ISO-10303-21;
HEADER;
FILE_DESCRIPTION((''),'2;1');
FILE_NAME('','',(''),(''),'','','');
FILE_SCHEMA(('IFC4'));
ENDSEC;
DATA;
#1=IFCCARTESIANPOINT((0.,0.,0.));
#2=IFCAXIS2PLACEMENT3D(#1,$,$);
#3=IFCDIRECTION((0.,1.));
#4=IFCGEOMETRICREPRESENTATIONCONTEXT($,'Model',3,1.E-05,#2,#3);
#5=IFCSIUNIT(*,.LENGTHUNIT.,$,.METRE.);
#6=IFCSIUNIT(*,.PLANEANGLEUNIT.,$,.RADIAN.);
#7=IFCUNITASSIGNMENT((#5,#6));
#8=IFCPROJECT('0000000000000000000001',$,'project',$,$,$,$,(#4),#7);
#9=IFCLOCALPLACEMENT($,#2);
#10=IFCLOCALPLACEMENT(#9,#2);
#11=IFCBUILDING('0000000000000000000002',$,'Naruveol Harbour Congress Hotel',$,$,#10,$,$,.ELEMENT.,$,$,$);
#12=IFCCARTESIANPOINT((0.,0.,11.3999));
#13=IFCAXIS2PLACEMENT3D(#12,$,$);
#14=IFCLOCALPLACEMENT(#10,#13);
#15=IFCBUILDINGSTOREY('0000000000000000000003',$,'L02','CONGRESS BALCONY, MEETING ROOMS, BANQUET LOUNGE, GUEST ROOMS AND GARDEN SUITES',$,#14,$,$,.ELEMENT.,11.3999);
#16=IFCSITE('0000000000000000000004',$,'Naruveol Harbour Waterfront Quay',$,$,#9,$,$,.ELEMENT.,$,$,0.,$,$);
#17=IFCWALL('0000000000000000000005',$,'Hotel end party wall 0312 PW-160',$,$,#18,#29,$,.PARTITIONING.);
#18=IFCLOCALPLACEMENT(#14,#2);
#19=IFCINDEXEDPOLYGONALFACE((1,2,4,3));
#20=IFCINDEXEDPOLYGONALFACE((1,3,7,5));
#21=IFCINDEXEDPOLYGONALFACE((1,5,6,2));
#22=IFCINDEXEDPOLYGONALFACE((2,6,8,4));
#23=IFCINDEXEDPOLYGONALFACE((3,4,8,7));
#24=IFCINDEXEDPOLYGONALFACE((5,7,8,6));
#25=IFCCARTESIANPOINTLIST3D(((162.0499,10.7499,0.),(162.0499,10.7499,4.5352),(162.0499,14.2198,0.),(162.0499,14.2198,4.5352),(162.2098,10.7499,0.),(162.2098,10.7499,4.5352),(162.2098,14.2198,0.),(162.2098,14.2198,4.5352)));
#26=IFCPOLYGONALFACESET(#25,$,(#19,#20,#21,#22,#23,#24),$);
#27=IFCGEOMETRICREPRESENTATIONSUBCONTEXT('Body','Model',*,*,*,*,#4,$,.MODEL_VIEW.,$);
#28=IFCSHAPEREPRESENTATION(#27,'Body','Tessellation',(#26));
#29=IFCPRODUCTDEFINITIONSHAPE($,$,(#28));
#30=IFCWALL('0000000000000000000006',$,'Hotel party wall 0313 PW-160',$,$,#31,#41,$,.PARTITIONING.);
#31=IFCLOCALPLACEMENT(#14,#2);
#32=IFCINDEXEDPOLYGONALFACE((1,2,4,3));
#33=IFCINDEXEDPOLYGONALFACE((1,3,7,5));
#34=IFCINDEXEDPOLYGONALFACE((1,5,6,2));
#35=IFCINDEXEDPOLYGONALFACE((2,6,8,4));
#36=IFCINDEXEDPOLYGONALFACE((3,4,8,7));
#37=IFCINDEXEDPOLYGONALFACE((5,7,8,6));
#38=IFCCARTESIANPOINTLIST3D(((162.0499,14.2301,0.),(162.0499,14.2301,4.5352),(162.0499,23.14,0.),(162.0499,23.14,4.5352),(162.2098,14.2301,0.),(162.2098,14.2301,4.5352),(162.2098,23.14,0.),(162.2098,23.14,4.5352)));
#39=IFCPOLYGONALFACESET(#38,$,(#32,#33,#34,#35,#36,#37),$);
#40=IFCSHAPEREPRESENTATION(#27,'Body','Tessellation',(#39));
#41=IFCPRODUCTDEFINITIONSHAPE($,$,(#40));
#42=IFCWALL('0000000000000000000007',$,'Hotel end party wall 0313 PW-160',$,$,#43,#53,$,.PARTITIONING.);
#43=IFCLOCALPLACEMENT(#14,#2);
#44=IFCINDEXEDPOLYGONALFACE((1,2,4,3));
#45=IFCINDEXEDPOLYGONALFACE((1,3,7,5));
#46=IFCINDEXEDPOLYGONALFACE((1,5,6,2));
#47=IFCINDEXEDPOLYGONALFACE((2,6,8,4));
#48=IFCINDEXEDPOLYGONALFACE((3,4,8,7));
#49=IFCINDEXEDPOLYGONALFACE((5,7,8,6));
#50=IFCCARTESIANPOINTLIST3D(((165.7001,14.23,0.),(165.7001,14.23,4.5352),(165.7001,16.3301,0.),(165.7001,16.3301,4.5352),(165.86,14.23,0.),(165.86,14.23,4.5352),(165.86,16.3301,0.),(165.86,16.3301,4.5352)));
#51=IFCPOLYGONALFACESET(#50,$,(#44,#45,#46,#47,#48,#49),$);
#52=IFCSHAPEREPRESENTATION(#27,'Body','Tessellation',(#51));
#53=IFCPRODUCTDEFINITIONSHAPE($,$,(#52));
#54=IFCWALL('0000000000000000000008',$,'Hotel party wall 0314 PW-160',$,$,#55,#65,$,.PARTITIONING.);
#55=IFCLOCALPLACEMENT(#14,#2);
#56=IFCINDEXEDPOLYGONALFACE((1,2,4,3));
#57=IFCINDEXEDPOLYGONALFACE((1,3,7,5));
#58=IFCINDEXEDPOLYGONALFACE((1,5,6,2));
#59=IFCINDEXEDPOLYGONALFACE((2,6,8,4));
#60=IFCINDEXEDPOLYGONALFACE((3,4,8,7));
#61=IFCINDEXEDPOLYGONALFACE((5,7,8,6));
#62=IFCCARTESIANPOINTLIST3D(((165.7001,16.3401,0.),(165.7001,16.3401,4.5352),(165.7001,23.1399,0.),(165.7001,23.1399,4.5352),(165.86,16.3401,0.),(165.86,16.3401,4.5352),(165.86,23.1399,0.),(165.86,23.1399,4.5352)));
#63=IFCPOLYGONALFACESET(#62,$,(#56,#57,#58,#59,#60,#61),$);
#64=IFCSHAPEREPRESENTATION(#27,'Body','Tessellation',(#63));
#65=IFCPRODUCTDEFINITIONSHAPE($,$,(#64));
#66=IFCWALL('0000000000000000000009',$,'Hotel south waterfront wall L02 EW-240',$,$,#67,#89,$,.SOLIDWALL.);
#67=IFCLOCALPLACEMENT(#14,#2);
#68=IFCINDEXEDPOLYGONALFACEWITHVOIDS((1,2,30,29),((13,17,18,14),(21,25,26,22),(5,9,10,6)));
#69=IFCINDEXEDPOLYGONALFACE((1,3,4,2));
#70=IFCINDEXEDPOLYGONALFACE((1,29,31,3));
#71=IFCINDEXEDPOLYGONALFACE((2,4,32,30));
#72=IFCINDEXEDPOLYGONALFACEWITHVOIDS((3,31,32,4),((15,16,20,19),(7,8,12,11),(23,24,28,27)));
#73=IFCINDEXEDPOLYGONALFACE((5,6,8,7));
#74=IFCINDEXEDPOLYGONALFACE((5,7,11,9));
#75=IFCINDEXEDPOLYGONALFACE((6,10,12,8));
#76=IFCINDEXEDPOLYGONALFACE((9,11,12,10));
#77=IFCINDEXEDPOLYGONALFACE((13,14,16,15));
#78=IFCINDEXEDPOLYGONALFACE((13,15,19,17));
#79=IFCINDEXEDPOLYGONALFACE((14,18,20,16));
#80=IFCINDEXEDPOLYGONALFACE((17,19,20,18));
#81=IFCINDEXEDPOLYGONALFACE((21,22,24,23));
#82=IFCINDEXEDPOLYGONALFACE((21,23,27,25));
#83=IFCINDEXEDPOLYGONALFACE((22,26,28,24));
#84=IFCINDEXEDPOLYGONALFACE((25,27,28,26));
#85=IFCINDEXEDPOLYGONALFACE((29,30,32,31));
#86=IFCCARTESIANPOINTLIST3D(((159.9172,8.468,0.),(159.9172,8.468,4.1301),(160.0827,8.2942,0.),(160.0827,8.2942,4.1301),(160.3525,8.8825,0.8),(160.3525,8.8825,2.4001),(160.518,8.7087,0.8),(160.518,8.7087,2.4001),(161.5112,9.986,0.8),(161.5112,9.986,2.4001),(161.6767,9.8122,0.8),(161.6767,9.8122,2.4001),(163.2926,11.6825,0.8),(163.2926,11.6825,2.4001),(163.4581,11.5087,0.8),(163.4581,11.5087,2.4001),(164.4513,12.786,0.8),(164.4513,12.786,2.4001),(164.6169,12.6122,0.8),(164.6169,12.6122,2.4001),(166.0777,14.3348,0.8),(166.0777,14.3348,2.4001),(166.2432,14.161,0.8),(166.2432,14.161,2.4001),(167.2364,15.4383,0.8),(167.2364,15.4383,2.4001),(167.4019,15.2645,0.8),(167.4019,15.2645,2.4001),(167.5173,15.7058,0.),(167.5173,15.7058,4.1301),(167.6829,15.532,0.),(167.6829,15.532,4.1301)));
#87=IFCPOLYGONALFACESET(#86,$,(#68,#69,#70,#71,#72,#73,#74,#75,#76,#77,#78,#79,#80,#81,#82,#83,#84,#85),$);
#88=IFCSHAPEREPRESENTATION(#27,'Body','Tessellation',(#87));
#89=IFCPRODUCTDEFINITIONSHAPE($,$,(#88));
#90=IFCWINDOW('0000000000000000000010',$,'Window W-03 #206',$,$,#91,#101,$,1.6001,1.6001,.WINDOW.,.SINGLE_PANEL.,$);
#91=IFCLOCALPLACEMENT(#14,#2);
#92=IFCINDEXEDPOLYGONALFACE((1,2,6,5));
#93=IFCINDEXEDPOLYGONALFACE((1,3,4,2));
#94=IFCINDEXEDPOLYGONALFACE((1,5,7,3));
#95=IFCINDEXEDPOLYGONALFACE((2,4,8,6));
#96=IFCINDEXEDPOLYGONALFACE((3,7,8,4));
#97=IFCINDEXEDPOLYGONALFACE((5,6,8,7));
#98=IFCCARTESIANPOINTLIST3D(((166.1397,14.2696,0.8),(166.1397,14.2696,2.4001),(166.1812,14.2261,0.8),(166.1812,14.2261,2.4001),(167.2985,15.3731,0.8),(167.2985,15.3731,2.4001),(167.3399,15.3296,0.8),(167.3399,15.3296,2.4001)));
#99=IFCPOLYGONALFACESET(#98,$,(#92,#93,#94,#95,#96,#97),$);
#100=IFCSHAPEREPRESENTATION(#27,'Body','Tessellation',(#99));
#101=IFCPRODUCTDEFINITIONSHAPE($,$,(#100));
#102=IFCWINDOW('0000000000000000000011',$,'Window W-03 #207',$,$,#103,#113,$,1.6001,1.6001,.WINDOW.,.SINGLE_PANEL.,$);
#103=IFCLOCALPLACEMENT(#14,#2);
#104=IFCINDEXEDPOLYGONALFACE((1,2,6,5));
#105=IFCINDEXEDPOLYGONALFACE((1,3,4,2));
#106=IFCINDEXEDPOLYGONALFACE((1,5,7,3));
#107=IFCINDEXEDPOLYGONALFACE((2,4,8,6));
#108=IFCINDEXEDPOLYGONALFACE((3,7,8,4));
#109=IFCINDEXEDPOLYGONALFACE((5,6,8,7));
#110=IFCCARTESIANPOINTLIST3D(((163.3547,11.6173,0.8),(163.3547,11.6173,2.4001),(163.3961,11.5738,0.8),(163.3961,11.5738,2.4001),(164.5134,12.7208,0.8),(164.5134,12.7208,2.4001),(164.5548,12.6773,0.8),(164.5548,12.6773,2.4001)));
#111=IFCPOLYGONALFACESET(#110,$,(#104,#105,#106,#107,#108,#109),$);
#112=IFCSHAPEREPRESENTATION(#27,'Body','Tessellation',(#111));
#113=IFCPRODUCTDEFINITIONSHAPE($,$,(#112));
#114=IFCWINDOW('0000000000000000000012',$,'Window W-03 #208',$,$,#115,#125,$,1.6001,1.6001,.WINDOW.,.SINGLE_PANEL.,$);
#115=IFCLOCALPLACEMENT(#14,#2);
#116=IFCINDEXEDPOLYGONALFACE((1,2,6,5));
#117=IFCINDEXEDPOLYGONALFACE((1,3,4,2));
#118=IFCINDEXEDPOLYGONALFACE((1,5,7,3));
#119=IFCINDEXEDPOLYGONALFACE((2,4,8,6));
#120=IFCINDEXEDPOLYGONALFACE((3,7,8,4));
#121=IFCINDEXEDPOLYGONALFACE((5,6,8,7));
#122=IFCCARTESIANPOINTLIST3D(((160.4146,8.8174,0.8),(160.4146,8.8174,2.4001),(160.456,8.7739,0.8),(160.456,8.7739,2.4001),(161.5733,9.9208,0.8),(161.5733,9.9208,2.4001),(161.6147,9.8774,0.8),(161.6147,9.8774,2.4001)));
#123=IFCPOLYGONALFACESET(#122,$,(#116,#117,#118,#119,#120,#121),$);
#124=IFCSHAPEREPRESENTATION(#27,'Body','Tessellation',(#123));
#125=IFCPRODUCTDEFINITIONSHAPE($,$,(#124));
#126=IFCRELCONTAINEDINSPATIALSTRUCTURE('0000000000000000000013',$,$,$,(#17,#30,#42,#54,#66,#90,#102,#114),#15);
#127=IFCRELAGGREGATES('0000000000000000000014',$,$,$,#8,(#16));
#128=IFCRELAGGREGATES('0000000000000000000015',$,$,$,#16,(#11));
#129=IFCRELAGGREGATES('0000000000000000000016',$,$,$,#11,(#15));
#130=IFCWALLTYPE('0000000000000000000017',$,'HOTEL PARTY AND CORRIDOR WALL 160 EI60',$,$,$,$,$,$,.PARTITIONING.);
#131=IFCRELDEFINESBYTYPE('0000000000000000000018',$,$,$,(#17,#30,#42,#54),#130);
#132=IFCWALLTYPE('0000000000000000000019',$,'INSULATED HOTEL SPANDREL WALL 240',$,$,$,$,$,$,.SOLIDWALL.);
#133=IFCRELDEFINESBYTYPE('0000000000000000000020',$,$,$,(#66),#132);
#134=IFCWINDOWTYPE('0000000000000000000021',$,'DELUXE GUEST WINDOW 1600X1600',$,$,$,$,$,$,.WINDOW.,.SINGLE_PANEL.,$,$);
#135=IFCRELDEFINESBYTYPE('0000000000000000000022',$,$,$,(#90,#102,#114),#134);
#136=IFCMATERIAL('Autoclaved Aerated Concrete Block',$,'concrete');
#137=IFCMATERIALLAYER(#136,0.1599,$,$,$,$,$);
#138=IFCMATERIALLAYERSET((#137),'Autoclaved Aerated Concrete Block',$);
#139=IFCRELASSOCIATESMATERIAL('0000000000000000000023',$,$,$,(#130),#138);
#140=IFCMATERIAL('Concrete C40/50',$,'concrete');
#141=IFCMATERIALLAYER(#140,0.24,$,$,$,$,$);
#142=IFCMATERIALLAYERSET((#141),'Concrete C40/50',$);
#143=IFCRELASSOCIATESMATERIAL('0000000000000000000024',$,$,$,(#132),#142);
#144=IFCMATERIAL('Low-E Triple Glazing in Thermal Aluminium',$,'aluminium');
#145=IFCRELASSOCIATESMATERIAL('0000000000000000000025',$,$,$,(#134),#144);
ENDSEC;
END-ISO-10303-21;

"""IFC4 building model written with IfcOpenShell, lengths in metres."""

from ifc_helpers import new_model, si_unit, direction, frame, frame_2d, origin, place, context, subcontext, project, spatial, rectangle, extrude, material, layer, layer_set, type_object, element, fill, save


model = new_model("IFC4")

# Units and contexts
model_context = context("Model", 3, precision=1e-05, world=origin(), true_north=direction((0.0, 1.0)))
body_context = subcontext(model_context, "Body", "Model", "MODEL_VIEW")
ifc_project = project(units=[si_unit("LENGTHUNIT", "METRE"), si_unit("PLANEANGLEUNIT", "RADIAN")], contexts=[model_context])

# Site, building, storey
site_placement = place(None, origin())
site = spatial("IfcSite", under=ifc_project, at=site_placement, Name="Naruveol Harbour Waterfront Quay", CompositionType="ELEMENT", RefElevation=0.0)
building_placement = place(site_placement, origin())
building = spatial("IfcBuilding", under=site, at=building_placement, Name="Naruveol Harbour Congress Hotel", CompositionType="ELEMENT")
storey_placement = place(building_placement, frame((0.0, 0.0, 11.3999)))
storey = spatial("IfcBuildingStorey", under=building, at=storey_placement, Name="L02", Description="CONGRESS BALCONY, MEETING ROOMS, BANQUET LOUNGE, GUEST ROOMS AND GARDEN SUITES", CompositionType="ELEMENT", Elevation=11.3999)

# Shared definitions
ifc_material_1 = material(Name="Autoclaved Aerated Concrete Block", Category="concrete")
ifc_layer_1 = layer(ifc_material_1, 0.1599)
ifc_layer_set_1 = layer_set([ifc_layer_1], Name="Autoclaved Aerated Concrete Block")
wall_type_1 = type_object("IfcWallType", Name="HOTEL PARTY AND CORRIDOR WALL 160 EI60", PredefinedType="PARTITIONING", material=ifc_layer_set_1)

# Walls
wall_1_placement = place(storey_placement, frame((162.1299, 10.75, 0.0), z_axis=(0.0, 0.0, 1.0), x_axis=(0.0, 1.0, 0.0)))
element("IfcWall", 1, at=wall_1_placement, inside=storey, type_object=wall_type_1, Name="Hotel end party wall 0312 PW-160", PredefinedType="PARTITIONING", context=body_context, shape_type="SweptSolid", body=[
    extrude(rectangle(XDim=3.47, YDim=0.1599, at=frame_2d((1.7349, 0.0))), origin(), (0.0, 0.0, 1.0), 4.5352),
])
wall_2_placement = place(storey_placement, frame((162.1299, 14.23, 0.0), z_axis=(0.0, 0.0, 1.0), x_axis=(0.0, 1.0, 0.0)))
element("IfcWall", 2, at=wall_2_placement, inside=storey, type_object=wall_type_1, Name="Hotel party wall 0313 PW-160", PredefinedType="PARTITIONING", context=body_context, shape_type="SweptSolid", body=[
    extrude(rectangle(XDim=8.9099, YDim=0.1599, at=frame_2d((4.4551, 0.0))), origin(), (0.0, 0.0, 1.0), 4.5352),
])
wall_3_placement = place(storey_placement, frame((165.78, 14.23, 0.0), z_axis=(0.0, 0.0, 1.0), x_axis=(0.0, 1.0, 0.0)))
element("IfcWall", 3, at=wall_3_placement, inside=storey, type_object=wall_type_1, Name="Hotel end party wall 0313 PW-160", PredefinedType="PARTITIONING", context=body_context, shape_type="SweptSolid", body=[
    extrude(rectangle(XDim=2.1001, YDim=0.1599, at=frame_2d((1.05, 0.0))), origin(), (0.0, 0.0, 1.0), 4.5352),
])
wall_4_placement = place(storey_placement, frame((165.78, 16.3401, 0.0), z_axis=(0.0, 0.0, 1.0), x_axis=(0.0, 1.0, 0.0)))
element("IfcWall", 4, at=wall_4_placement, inside=storey, type_object=wall_type_1, Name="Hotel party wall 0314 PW-160", PredefinedType="PARTITIONING", context=body_context, shape_type="SweptSolid", body=[
    extrude(rectangle(XDim=6.7998, YDim=0.1599, at=frame_2d((3.3999, 0.0))), origin(), (0.0, 0.0, 1.0), 4.5352),
])

# Wall, openings, windows
ifc_material_2 = material(Name="Concrete C40/50", Category="concrete")
ifc_layer_2 = layer(ifc_material_2, 0.24)
ifc_layer_set_2 = layer_set([ifc_layer_2], Name="Concrete C40/50")
wall_type_2 = type_object("IfcWallType", Name="INSULATED HOTEL SPANDREL WALL 240", PredefinedType="SOLIDWALL", material=ifc_layer_set_2)
wall_5_placement = place(storey_placement, frame((167.6001, 15.6189, 0.0), z_axis=(0.0, 0.0, 1.0), x_axis=(-0.724157, -0.689635, 0.0)))
wall_5 = element("IfcWall", 5, at=wall_5_placement, inside=storey, type_object=wall_type_2, Name="Hotel south waterfront wall L02 EW-240", PredefinedType="SOLIDWALL", context=body_context, shape_type="SweptSolid", body=[
    extrude(rectangle(XDim=10.4951, YDim=0.24, at=frame_2d((5.2476, 0.0))), origin(), (0.0, 0.0, 1.0), 4.1301),
])
opening_1_placement = place(wall_5_placement, frame((0.3879, 0.0, 0.8)))
opening_1 = element("IfcOpeningElement", 6, at=opening_1_placement, cuts=wall_5, PredefinedType="OPENING", context=body_context, shape_type="SweptSolid", body=[
    extrude(rectangle(XDim=1.6001, YDim=1.6001, at=frame_2d((0.8, 0.8))), frame((0.0, 0.1299, 0.0), z_axis=(0.0, -1.0, 0.0), x_axis=(1.0, 0.0, 0.0)), (0.0, 0.0, 1.0), 0.26),
])
opening_2_placement = place(wall_5_placement, frame((4.2339, 0.0, 0.8)))
opening_2 = element("IfcOpeningElement", 7, at=opening_2_placement, cuts=wall_5, PredefinedType="OPENING", context=body_context, shape_type="SweptSolid", body=[
    extrude(rectangle(XDim=1.6001, YDim=1.6001, at=frame_2d((0.8, 0.8))), frame((0.0, 0.1299, 0.0), z_axis=(0.0, -1.0, 0.0), x_axis=(1.0, 0.0, 0.0)), (0.0, 0.0, 1.0), 0.26),
])
opening_3_placement = place(wall_5_placement, frame((8.2939, 0.0, 0.8)))
opening_3 = element("IfcOpeningElement", 8, at=opening_3_placement, cuts=wall_5, PredefinedType="OPENING", context=body_context, shape_type="SweptSolid", body=[
    extrude(rectangle(XDim=1.6001, YDim=1.6001, at=frame_2d((0.8, 0.8))), frame((0.0, 0.1299, 0.0), z_axis=(0.0, -1.0, 0.0), x_axis=(1.0, 0.0, 0.0)), (0.0, 0.0, 1.0), 0.26),
])
ifc_material_3 = material(Name="Low-E Triple Glazing in Thermal Aluminium", Category="aluminium")
window_type = type_object("IfcWindowType", Name="DELUXE GUEST WINDOW 1600X1600", PartitioningType="SINGLE_PANEL", PredefinedType="WINDOW", material=ifc_material_3)
window_1_placement = place(opening_1_placement, origin())
window_1 = element("IfcWindow", 9, at=window_1_placement, inside=storey, type_object=window_type, Name="Window W-03 #206", OverallHeight=1.6001, OverallWidth=1.6001, PartitioningType="SINGLE_PANEL", PredefinedType="WINDOW", context=body_context, shape_type="SweptSolid", body=[
    extrude(rectangle(XDim=1.6001, YDim=1.6001, at=frame_2d((0.8, 0.8))), frame((0.0, 0.03, 0.0), z_axis=(0.0, -1.0, 0.0), x_axis=(1.0, 0.0, 0.0)), (0.0, 0.0, 1.0), 0.0601),
])
fill(opening_1, window_1)
window_2_placement = place(opening_2_placement, origin())
window_2 = element("IfcWindow", 10, at=window_2_placement, inside=storey, type_object=window_type, Name="Window W-03 #207", OverallHeight=1.6001, OverallWidth=1.6001, PartitioningType="SINGLE_PANEL", PredefinedType="WINDOW", context=body_context, shape_type="SweptSolid", body=[
    extrude(rectangle(XDim=1.6001, YDim=1.6001, at=frame_2d((0.8, 0.8))), frame((0.0, 0.03, 0.0), z_axis=(0.0, -1.0, 0.0), x_axis=(1.0, 0.0, 0.0)), (0.0, 0.0, 1.0), 0.0601),
])
fill(opening_2, window_2)
window_3_placement = place(opening_3_placement, origin())
window_3 = element("IfcWindow", 11, at=window_3_placement, inside=storey, type_object=window_type, Name="Window W-03 #208", OverallHeight=1.6001, OverallWidth=1.6001, PartitioningType="SINGLE_PANEL", PredefinedType="WINDOW", context=body_context, shape_type="SweptSolid", body=[
    extrude(rectangle(XDim=1.6001, YDim=1.6001, at=frame_2d((0.8, 0.8))), frame((0.0, 0.03, 0.0), z_axis=(0.0, -1.0, 0.0), x_axis=(1.0, 0.0, 0.0)), (0.0, 0.0, 1.0), 0.0601),
])
fill(opening_3, window_3)

save(model, "model.ifc")
